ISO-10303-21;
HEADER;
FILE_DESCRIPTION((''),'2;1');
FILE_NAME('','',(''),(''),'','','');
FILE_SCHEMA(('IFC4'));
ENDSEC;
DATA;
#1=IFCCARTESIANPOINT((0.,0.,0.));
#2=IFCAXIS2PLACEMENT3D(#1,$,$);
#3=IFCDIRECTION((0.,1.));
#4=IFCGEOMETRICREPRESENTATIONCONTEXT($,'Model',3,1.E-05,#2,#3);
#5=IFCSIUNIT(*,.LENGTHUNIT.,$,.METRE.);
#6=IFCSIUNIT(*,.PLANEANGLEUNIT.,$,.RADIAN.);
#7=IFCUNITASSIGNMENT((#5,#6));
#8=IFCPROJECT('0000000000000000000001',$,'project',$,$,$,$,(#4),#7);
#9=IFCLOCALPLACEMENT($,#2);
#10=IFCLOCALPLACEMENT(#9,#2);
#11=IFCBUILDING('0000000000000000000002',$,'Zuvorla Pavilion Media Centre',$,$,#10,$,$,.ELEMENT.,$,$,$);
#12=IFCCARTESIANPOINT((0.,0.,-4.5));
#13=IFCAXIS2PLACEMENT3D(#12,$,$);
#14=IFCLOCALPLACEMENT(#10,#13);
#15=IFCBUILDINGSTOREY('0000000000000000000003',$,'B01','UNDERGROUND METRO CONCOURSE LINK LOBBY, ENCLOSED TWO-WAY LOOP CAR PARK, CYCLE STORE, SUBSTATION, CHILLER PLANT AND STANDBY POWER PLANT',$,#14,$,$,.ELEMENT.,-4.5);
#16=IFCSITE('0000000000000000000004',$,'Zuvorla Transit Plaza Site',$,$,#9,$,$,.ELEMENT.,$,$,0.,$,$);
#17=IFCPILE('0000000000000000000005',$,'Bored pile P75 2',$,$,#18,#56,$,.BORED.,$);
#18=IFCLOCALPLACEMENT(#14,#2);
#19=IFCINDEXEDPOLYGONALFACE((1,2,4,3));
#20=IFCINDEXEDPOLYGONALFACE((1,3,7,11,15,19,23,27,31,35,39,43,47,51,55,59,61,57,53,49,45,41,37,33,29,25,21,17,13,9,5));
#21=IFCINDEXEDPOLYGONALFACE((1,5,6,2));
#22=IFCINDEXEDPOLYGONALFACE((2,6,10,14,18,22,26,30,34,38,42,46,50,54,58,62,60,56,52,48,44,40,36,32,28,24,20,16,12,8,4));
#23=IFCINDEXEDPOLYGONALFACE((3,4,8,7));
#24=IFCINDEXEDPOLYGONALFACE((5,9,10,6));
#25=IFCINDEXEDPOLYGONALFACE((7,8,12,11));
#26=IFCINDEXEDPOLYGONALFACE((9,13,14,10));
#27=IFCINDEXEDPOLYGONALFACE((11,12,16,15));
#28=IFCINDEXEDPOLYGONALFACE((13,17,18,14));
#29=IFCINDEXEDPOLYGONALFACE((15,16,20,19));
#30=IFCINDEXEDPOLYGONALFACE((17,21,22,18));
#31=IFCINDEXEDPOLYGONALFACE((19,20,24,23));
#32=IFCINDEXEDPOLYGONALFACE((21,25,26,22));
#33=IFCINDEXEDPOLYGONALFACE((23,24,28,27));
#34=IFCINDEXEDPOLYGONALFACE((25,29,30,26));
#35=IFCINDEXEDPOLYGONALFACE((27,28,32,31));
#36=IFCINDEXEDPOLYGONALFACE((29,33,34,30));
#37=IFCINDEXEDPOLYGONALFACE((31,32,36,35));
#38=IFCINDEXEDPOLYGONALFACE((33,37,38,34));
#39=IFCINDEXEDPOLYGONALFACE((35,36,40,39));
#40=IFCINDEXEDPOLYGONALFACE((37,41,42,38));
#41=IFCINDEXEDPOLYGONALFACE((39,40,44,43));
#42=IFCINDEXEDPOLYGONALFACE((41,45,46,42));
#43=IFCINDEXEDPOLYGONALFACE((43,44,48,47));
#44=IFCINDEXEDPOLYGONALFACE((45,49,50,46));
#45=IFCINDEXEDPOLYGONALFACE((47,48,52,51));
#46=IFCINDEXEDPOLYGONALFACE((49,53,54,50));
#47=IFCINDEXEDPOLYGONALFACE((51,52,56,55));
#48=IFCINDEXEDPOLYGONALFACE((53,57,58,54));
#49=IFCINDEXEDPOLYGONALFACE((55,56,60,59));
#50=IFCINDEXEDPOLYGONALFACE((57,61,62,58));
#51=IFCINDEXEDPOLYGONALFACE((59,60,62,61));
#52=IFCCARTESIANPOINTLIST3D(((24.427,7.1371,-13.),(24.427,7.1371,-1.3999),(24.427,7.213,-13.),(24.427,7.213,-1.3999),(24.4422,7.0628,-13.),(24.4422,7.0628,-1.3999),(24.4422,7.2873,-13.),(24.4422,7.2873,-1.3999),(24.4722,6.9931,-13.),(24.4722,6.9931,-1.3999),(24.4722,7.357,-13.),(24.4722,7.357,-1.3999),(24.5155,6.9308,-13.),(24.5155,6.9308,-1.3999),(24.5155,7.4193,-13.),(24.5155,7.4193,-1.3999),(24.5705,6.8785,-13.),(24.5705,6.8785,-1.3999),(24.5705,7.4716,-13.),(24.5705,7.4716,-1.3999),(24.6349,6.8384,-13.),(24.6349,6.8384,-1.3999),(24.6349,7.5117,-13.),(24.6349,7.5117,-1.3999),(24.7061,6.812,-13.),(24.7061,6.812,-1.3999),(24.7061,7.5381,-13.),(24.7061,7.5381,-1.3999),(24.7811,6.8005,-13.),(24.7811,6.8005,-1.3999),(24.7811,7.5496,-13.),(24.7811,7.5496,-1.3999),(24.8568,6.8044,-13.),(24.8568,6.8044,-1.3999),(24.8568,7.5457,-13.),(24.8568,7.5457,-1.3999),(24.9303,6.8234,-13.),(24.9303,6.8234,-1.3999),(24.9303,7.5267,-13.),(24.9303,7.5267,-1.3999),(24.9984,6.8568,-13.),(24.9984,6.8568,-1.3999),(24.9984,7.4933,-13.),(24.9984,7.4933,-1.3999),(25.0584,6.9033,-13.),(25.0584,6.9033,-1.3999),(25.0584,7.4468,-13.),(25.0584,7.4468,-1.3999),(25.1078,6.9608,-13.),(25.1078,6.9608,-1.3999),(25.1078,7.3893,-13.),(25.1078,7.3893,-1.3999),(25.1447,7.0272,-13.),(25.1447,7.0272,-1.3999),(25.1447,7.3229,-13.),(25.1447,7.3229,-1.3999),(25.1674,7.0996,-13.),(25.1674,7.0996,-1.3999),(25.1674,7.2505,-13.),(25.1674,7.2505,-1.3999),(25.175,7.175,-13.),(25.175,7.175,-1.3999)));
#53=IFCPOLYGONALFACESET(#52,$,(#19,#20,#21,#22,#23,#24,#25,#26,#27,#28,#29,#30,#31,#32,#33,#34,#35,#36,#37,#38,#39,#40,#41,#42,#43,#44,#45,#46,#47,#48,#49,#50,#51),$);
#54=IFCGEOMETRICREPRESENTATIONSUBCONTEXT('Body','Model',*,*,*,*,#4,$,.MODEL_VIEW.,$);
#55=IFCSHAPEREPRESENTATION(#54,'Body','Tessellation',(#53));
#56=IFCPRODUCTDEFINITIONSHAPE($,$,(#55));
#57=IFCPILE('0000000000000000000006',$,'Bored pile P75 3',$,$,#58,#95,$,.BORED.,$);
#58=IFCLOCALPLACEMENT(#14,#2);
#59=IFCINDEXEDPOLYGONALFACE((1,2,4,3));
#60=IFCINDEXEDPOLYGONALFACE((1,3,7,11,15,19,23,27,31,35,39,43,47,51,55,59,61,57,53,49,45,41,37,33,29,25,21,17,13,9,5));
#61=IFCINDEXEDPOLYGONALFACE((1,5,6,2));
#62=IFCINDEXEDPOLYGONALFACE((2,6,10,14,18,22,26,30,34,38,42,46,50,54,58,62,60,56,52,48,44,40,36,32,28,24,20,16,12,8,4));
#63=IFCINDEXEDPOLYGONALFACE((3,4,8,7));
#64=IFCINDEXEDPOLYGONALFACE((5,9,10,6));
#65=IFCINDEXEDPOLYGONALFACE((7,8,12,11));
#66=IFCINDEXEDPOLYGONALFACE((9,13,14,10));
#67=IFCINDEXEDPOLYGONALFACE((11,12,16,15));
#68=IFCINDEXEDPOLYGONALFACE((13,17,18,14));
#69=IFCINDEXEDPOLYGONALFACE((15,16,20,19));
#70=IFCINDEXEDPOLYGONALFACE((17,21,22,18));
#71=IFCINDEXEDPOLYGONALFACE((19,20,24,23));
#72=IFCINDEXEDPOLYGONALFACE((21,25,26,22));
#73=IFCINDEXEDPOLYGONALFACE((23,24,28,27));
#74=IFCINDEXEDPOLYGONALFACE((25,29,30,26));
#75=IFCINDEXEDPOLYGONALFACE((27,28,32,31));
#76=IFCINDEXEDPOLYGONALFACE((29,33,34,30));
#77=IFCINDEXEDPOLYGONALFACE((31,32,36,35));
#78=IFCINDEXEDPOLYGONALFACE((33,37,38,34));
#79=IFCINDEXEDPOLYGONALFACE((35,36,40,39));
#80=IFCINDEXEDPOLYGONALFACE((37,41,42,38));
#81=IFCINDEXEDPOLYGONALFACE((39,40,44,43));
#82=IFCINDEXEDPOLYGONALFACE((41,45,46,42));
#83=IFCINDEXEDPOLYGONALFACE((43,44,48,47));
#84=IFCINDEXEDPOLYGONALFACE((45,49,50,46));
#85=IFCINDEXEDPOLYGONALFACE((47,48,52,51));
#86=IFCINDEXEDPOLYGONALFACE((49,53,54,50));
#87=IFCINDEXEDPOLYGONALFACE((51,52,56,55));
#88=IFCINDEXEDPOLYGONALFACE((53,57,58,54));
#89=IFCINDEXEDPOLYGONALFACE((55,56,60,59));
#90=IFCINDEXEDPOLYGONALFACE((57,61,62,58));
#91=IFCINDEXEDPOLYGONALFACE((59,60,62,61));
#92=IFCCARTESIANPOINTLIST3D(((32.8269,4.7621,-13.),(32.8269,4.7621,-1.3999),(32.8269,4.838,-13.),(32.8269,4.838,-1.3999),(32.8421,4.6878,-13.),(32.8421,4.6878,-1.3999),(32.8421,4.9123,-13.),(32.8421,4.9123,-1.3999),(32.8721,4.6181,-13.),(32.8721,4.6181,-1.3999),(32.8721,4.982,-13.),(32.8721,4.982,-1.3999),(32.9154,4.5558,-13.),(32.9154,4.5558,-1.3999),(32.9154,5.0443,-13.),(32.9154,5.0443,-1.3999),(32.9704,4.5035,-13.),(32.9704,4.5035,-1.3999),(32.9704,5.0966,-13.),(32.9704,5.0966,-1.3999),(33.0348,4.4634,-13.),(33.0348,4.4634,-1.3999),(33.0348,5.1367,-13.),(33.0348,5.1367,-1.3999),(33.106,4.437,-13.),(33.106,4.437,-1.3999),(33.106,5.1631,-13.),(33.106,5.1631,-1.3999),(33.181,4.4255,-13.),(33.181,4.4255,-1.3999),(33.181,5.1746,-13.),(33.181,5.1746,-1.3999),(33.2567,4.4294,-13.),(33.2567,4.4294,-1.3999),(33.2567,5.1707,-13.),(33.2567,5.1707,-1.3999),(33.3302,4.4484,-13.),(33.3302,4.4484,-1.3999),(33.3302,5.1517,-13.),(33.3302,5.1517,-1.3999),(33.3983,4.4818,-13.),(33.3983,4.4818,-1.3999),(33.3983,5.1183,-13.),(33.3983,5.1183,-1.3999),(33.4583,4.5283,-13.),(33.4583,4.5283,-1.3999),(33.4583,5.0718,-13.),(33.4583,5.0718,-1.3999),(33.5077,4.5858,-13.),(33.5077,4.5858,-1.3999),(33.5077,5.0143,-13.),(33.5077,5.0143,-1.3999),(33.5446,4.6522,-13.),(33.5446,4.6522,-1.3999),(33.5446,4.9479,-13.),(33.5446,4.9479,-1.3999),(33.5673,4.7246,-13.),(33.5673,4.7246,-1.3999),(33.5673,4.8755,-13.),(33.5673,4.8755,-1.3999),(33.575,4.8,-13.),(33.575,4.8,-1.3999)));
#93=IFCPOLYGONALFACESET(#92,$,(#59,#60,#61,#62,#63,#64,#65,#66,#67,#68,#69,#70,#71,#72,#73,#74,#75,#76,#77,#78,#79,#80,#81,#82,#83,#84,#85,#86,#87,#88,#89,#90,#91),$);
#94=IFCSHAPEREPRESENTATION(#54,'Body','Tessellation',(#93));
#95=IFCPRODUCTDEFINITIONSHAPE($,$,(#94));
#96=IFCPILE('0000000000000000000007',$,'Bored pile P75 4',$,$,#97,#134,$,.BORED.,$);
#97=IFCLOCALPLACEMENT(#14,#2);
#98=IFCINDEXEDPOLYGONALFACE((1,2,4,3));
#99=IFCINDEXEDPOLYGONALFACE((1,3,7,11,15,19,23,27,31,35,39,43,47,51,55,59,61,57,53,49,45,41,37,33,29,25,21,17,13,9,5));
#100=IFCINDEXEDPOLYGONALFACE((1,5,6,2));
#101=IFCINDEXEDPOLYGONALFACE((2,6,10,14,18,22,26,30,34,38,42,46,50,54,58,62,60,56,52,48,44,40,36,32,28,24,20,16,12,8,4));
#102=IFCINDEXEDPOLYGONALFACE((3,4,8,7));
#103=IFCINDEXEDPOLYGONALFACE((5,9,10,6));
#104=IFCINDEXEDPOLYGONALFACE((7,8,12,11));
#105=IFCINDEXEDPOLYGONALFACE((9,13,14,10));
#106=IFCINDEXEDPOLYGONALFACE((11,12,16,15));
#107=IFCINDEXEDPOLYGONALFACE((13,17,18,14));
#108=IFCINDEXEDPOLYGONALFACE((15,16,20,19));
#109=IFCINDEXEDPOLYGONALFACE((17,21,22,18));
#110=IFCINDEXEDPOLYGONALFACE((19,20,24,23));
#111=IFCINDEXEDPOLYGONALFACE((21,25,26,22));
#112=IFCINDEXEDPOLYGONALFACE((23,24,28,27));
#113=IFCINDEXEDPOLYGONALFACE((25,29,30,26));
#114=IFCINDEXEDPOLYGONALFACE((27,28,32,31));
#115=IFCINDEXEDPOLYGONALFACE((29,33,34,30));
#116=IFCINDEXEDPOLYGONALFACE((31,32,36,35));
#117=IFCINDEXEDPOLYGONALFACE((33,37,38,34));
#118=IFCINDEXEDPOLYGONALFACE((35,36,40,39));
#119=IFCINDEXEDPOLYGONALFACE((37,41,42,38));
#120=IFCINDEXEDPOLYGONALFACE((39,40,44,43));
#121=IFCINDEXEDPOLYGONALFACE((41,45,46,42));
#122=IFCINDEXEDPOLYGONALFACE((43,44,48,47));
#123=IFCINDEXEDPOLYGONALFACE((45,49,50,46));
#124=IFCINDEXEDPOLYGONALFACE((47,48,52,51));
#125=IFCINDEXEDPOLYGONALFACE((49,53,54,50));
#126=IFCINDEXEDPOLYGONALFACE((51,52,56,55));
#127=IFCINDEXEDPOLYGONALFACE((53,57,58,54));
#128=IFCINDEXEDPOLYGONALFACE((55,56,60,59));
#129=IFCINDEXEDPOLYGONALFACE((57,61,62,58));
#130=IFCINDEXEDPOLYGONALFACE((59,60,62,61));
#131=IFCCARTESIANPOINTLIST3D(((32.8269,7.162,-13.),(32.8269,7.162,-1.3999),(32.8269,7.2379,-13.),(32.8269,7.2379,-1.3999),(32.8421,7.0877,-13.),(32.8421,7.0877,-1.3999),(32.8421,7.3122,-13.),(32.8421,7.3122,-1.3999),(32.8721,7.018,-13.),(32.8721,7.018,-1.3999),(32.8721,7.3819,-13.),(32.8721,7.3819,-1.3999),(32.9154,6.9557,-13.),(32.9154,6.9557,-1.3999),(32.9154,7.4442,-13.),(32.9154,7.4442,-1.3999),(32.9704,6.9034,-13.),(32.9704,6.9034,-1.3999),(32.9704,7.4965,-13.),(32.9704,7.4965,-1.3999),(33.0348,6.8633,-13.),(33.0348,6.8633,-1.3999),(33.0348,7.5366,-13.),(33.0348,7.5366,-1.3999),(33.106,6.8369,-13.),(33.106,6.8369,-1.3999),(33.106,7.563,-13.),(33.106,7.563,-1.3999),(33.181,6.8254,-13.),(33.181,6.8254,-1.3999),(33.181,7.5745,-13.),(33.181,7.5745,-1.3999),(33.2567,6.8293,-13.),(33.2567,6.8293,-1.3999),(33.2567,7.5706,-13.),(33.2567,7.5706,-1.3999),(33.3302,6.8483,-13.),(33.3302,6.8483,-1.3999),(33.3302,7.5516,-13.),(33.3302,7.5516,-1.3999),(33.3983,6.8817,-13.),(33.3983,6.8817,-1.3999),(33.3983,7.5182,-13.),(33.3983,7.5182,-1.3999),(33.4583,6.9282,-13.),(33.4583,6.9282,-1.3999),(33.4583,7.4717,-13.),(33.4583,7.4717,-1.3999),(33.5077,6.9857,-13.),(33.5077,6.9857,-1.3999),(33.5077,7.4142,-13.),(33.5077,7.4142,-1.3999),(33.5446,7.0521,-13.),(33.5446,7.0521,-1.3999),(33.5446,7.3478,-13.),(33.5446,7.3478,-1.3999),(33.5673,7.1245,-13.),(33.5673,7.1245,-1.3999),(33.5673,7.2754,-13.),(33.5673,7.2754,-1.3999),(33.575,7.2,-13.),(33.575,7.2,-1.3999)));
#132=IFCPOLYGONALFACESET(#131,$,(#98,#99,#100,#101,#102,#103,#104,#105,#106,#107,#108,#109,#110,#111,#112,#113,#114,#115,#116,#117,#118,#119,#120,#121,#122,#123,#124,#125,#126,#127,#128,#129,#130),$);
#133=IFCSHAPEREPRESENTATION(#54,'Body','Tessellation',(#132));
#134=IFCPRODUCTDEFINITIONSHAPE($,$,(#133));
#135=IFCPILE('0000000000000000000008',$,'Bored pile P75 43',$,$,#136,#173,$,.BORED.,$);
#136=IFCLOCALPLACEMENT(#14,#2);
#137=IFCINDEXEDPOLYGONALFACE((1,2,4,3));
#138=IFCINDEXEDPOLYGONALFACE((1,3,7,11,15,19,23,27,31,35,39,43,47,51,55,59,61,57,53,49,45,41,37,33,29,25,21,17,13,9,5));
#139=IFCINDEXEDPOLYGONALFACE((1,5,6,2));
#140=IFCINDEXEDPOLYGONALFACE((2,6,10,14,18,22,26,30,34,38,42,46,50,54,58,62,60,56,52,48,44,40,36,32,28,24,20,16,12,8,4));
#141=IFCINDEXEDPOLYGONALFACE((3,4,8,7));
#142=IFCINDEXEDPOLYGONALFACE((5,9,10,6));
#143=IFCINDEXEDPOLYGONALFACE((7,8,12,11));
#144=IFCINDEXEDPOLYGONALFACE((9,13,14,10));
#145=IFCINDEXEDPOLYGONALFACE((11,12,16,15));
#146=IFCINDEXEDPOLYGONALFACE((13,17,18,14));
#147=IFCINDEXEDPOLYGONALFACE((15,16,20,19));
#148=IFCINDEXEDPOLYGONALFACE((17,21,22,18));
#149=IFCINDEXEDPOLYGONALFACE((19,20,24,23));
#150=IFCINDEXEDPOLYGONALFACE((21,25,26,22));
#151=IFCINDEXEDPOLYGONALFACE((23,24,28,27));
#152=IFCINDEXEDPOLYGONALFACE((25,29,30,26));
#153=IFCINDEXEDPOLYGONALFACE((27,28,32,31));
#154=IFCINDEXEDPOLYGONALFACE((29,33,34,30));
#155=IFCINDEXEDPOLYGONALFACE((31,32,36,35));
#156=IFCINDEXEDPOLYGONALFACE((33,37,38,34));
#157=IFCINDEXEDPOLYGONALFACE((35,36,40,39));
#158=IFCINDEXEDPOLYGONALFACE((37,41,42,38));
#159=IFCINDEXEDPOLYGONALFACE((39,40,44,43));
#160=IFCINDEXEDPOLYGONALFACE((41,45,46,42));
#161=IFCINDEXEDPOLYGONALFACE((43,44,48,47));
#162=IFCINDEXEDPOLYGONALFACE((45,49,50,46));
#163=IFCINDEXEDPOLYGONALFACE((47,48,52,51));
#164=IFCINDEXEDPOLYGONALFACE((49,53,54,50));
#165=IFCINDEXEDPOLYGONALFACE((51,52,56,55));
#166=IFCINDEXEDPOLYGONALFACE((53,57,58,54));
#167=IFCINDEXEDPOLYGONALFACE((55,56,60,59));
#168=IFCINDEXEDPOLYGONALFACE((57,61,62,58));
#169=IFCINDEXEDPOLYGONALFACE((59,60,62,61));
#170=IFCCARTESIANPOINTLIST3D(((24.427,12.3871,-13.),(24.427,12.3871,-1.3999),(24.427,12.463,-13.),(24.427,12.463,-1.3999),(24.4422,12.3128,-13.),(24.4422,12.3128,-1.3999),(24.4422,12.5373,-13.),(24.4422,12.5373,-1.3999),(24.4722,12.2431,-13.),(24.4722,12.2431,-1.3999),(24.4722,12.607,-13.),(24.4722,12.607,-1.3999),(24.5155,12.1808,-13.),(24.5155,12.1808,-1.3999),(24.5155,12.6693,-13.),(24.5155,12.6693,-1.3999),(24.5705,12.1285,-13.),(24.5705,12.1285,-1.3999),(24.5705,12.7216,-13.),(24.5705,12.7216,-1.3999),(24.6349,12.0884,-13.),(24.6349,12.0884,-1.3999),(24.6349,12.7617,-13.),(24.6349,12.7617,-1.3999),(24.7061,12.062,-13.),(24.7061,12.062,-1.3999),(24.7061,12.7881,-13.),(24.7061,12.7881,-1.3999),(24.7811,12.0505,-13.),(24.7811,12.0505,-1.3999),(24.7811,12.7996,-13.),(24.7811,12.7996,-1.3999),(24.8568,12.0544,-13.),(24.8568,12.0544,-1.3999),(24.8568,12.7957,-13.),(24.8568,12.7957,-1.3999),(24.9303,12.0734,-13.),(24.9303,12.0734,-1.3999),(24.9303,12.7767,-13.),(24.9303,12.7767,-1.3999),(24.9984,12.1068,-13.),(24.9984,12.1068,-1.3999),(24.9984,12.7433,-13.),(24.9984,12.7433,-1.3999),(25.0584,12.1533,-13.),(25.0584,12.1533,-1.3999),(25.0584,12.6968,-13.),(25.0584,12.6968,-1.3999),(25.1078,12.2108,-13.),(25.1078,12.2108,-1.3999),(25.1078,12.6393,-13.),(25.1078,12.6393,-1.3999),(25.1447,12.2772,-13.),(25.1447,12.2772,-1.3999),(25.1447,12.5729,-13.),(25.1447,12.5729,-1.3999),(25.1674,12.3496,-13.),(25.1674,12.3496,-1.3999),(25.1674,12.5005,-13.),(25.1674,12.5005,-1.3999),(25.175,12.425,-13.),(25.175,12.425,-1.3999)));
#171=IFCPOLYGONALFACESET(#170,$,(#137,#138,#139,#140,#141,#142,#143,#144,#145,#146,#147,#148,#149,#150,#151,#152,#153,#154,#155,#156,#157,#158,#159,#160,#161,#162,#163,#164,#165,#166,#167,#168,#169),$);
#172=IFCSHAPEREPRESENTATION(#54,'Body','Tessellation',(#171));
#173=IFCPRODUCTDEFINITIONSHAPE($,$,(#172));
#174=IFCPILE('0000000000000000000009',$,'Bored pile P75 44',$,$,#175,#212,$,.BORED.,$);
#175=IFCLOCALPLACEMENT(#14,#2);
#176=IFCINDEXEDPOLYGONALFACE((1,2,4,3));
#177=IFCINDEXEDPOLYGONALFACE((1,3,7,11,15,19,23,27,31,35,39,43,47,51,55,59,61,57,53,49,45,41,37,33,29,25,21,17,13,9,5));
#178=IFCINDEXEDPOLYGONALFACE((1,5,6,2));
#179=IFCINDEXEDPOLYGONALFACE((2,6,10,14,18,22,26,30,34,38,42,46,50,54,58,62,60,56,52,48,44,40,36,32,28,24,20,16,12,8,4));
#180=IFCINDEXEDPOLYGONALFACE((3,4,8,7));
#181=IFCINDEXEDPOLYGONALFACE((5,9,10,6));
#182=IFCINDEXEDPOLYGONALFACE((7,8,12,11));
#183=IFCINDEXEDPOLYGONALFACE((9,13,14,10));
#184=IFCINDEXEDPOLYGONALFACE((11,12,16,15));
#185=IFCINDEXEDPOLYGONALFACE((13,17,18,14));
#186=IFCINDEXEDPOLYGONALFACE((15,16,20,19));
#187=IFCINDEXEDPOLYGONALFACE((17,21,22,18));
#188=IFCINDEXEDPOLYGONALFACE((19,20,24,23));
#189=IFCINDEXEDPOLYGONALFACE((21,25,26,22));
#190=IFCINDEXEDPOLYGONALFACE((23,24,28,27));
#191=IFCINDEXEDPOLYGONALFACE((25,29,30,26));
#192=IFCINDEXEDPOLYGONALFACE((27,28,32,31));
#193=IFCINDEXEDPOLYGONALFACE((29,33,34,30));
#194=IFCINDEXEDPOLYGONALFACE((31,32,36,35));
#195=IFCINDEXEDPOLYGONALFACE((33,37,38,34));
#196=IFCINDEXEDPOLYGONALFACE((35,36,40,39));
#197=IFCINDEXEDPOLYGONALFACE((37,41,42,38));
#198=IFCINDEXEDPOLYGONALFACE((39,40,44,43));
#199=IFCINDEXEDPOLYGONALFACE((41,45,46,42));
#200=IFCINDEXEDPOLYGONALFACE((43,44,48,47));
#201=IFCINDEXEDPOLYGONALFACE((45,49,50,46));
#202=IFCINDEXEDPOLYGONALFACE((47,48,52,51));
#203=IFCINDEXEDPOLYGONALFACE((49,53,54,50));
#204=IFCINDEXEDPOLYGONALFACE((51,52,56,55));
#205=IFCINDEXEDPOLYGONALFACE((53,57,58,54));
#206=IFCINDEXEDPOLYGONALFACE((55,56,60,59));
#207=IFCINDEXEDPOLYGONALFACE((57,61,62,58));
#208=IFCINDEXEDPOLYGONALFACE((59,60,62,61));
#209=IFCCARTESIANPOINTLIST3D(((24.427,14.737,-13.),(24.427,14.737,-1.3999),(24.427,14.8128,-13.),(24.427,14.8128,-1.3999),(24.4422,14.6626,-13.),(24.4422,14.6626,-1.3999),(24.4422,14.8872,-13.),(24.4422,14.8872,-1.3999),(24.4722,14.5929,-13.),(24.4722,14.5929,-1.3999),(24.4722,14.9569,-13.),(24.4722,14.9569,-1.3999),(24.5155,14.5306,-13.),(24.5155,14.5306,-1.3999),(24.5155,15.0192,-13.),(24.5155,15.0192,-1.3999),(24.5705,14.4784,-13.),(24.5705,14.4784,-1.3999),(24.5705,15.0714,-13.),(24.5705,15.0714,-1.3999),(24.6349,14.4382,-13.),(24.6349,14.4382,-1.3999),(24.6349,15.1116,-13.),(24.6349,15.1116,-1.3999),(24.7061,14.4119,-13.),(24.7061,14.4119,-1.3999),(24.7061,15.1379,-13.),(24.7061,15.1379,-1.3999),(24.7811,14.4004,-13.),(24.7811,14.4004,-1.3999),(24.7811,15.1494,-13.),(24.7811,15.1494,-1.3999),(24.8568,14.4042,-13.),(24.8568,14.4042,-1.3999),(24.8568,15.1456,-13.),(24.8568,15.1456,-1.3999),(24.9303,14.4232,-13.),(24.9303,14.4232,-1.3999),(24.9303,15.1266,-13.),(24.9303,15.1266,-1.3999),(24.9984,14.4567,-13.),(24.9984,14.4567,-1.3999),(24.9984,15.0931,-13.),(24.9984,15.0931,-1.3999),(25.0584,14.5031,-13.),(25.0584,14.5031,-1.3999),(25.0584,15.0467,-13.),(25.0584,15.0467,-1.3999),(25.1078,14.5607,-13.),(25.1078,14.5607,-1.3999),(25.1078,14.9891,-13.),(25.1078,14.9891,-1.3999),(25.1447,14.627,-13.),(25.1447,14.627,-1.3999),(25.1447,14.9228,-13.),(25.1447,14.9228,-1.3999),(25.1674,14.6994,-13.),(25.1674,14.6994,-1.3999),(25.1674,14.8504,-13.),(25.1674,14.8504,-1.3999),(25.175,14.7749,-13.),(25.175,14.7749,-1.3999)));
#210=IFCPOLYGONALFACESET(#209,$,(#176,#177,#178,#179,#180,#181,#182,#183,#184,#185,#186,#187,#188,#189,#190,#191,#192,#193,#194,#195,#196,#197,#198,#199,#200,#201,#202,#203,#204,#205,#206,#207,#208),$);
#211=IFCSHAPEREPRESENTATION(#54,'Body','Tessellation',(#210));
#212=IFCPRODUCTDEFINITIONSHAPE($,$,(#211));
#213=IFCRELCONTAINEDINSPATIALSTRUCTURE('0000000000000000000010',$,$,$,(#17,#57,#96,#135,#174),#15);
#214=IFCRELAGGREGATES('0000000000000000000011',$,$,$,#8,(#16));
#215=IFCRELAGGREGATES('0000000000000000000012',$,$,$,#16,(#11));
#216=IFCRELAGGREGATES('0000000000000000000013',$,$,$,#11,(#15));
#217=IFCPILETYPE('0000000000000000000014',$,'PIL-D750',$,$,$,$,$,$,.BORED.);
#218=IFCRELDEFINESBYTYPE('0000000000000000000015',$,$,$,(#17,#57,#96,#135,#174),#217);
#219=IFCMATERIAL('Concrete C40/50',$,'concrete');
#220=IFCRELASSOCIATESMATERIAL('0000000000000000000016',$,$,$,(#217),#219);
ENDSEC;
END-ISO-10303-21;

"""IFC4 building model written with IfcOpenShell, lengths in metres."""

from ifc_helpers import new_model, si_unit, direction, frame, origin, origin_2d, place, context, subcontext, project, spatial, circle, extrude, material, material_profile, profile_set, type_object, element, save


model = new_model("IFC4")

# Units and contexts
model_context = context("Model", 3, precision=1e-05, world=origin(), true_north=direction((0.0, 1.0)))
body_context = subcontext(model_context, "Body", "Model", "MODEL_VIEW")
ifc_project = project(units=[si_unit("LENGTHUNIT", "METRE"), si_unit("PLANEANGLEUNIT", "RADIAN")], contexts=[model_context])

# Site, building, storey
site_placement = place(None, origin())
site = spatial("IfcSite", under=ifc_project, at=site_placement, Name="Zuvorla Transit Plaza Site", CompositionType="ELEMENT", RefElevation=0.0)
building_placement = place(site_placement, origin())
building = spatial("IfcBuilding", under=site, at=building_placement, Name="Zuvorla Pavilion Media Centre", CompositionType="ELEMENT")
storey_placement = place(building_placement, frame((0.0, 0.0, -4.5)))
storey = spatial("IfcBuildingStorey", under=building, at=storey_placement, Name="B01", Description="UNDERGROUND METRO CONCOURSE LINK LOBBY, ENCLOSED TWO-WAY LOOP CAR PARK, CYCLE STORE, SUBSTATION, CHILLER PLANT AND STANDBY POWER PLANT", CompositionType="ELEMENT", Elevation=-4.5)

# Shared definitions
ifc_material = material(Name="Concrete C40/50", Category="concrete")

# Piles
ifc_material_profile_1 = material_profile(ifc_material, circle(Radius=0.375, at=origin_2d()), Name="BORED PILE 750")
ifc_profile_set_1 = profile_set([ifc_material_profile_1], Name="Concrete C40/50")
pile_type = type_object("IfcPileType", Name="PIL-D750", PredefinedType="BORED", material=ifc_profile_set_1)
for number, where, z_axis, x_axis, name in (
    (1, (24.8, 7.175, -1.3999), (0.0, 0.0, -1.0), (1.0, 0.0, 0.0), "Bored pile P75 2"),
    (2, (33.2, 4.8, -1.3999), (0.0, 0.0, -1.0), (1.0, 0.0, 0.0), "Bored pile P75 3"),
    (3, (33.2, 7.2, -1.3999), (0.0, 0.0, -1.0), (1.0, 0.0, 0.0), "Bored pile P75 4"),
    (4, (24.8, 12.425, -1.3999), (0.0, 0.0, -1.0), (1.0, 0.0, 0.0), "Bored pile P75 43"),
    (5, (24.8, 14.7749, -1.3999), (0.0, 0.0, -1.0), (1.0, 0.0, 0.0), "Bored pile P75 44"),
):
    element("IfcPile", number, at=place(storey_placement, frame(where, z_axis=z_axis, x_axis=x_axis)), inside=storey, type_object=pile_type, Name=name, PredefinedType="BORED", context=body_context, shape_type="SweptSolid", body=[
        extrude(circle(Radius=0.375, at=origin_2d()), origin(), (0.0, 0.0, 1.0), 11.6001),
    ])

save(model, "model.ifc")
